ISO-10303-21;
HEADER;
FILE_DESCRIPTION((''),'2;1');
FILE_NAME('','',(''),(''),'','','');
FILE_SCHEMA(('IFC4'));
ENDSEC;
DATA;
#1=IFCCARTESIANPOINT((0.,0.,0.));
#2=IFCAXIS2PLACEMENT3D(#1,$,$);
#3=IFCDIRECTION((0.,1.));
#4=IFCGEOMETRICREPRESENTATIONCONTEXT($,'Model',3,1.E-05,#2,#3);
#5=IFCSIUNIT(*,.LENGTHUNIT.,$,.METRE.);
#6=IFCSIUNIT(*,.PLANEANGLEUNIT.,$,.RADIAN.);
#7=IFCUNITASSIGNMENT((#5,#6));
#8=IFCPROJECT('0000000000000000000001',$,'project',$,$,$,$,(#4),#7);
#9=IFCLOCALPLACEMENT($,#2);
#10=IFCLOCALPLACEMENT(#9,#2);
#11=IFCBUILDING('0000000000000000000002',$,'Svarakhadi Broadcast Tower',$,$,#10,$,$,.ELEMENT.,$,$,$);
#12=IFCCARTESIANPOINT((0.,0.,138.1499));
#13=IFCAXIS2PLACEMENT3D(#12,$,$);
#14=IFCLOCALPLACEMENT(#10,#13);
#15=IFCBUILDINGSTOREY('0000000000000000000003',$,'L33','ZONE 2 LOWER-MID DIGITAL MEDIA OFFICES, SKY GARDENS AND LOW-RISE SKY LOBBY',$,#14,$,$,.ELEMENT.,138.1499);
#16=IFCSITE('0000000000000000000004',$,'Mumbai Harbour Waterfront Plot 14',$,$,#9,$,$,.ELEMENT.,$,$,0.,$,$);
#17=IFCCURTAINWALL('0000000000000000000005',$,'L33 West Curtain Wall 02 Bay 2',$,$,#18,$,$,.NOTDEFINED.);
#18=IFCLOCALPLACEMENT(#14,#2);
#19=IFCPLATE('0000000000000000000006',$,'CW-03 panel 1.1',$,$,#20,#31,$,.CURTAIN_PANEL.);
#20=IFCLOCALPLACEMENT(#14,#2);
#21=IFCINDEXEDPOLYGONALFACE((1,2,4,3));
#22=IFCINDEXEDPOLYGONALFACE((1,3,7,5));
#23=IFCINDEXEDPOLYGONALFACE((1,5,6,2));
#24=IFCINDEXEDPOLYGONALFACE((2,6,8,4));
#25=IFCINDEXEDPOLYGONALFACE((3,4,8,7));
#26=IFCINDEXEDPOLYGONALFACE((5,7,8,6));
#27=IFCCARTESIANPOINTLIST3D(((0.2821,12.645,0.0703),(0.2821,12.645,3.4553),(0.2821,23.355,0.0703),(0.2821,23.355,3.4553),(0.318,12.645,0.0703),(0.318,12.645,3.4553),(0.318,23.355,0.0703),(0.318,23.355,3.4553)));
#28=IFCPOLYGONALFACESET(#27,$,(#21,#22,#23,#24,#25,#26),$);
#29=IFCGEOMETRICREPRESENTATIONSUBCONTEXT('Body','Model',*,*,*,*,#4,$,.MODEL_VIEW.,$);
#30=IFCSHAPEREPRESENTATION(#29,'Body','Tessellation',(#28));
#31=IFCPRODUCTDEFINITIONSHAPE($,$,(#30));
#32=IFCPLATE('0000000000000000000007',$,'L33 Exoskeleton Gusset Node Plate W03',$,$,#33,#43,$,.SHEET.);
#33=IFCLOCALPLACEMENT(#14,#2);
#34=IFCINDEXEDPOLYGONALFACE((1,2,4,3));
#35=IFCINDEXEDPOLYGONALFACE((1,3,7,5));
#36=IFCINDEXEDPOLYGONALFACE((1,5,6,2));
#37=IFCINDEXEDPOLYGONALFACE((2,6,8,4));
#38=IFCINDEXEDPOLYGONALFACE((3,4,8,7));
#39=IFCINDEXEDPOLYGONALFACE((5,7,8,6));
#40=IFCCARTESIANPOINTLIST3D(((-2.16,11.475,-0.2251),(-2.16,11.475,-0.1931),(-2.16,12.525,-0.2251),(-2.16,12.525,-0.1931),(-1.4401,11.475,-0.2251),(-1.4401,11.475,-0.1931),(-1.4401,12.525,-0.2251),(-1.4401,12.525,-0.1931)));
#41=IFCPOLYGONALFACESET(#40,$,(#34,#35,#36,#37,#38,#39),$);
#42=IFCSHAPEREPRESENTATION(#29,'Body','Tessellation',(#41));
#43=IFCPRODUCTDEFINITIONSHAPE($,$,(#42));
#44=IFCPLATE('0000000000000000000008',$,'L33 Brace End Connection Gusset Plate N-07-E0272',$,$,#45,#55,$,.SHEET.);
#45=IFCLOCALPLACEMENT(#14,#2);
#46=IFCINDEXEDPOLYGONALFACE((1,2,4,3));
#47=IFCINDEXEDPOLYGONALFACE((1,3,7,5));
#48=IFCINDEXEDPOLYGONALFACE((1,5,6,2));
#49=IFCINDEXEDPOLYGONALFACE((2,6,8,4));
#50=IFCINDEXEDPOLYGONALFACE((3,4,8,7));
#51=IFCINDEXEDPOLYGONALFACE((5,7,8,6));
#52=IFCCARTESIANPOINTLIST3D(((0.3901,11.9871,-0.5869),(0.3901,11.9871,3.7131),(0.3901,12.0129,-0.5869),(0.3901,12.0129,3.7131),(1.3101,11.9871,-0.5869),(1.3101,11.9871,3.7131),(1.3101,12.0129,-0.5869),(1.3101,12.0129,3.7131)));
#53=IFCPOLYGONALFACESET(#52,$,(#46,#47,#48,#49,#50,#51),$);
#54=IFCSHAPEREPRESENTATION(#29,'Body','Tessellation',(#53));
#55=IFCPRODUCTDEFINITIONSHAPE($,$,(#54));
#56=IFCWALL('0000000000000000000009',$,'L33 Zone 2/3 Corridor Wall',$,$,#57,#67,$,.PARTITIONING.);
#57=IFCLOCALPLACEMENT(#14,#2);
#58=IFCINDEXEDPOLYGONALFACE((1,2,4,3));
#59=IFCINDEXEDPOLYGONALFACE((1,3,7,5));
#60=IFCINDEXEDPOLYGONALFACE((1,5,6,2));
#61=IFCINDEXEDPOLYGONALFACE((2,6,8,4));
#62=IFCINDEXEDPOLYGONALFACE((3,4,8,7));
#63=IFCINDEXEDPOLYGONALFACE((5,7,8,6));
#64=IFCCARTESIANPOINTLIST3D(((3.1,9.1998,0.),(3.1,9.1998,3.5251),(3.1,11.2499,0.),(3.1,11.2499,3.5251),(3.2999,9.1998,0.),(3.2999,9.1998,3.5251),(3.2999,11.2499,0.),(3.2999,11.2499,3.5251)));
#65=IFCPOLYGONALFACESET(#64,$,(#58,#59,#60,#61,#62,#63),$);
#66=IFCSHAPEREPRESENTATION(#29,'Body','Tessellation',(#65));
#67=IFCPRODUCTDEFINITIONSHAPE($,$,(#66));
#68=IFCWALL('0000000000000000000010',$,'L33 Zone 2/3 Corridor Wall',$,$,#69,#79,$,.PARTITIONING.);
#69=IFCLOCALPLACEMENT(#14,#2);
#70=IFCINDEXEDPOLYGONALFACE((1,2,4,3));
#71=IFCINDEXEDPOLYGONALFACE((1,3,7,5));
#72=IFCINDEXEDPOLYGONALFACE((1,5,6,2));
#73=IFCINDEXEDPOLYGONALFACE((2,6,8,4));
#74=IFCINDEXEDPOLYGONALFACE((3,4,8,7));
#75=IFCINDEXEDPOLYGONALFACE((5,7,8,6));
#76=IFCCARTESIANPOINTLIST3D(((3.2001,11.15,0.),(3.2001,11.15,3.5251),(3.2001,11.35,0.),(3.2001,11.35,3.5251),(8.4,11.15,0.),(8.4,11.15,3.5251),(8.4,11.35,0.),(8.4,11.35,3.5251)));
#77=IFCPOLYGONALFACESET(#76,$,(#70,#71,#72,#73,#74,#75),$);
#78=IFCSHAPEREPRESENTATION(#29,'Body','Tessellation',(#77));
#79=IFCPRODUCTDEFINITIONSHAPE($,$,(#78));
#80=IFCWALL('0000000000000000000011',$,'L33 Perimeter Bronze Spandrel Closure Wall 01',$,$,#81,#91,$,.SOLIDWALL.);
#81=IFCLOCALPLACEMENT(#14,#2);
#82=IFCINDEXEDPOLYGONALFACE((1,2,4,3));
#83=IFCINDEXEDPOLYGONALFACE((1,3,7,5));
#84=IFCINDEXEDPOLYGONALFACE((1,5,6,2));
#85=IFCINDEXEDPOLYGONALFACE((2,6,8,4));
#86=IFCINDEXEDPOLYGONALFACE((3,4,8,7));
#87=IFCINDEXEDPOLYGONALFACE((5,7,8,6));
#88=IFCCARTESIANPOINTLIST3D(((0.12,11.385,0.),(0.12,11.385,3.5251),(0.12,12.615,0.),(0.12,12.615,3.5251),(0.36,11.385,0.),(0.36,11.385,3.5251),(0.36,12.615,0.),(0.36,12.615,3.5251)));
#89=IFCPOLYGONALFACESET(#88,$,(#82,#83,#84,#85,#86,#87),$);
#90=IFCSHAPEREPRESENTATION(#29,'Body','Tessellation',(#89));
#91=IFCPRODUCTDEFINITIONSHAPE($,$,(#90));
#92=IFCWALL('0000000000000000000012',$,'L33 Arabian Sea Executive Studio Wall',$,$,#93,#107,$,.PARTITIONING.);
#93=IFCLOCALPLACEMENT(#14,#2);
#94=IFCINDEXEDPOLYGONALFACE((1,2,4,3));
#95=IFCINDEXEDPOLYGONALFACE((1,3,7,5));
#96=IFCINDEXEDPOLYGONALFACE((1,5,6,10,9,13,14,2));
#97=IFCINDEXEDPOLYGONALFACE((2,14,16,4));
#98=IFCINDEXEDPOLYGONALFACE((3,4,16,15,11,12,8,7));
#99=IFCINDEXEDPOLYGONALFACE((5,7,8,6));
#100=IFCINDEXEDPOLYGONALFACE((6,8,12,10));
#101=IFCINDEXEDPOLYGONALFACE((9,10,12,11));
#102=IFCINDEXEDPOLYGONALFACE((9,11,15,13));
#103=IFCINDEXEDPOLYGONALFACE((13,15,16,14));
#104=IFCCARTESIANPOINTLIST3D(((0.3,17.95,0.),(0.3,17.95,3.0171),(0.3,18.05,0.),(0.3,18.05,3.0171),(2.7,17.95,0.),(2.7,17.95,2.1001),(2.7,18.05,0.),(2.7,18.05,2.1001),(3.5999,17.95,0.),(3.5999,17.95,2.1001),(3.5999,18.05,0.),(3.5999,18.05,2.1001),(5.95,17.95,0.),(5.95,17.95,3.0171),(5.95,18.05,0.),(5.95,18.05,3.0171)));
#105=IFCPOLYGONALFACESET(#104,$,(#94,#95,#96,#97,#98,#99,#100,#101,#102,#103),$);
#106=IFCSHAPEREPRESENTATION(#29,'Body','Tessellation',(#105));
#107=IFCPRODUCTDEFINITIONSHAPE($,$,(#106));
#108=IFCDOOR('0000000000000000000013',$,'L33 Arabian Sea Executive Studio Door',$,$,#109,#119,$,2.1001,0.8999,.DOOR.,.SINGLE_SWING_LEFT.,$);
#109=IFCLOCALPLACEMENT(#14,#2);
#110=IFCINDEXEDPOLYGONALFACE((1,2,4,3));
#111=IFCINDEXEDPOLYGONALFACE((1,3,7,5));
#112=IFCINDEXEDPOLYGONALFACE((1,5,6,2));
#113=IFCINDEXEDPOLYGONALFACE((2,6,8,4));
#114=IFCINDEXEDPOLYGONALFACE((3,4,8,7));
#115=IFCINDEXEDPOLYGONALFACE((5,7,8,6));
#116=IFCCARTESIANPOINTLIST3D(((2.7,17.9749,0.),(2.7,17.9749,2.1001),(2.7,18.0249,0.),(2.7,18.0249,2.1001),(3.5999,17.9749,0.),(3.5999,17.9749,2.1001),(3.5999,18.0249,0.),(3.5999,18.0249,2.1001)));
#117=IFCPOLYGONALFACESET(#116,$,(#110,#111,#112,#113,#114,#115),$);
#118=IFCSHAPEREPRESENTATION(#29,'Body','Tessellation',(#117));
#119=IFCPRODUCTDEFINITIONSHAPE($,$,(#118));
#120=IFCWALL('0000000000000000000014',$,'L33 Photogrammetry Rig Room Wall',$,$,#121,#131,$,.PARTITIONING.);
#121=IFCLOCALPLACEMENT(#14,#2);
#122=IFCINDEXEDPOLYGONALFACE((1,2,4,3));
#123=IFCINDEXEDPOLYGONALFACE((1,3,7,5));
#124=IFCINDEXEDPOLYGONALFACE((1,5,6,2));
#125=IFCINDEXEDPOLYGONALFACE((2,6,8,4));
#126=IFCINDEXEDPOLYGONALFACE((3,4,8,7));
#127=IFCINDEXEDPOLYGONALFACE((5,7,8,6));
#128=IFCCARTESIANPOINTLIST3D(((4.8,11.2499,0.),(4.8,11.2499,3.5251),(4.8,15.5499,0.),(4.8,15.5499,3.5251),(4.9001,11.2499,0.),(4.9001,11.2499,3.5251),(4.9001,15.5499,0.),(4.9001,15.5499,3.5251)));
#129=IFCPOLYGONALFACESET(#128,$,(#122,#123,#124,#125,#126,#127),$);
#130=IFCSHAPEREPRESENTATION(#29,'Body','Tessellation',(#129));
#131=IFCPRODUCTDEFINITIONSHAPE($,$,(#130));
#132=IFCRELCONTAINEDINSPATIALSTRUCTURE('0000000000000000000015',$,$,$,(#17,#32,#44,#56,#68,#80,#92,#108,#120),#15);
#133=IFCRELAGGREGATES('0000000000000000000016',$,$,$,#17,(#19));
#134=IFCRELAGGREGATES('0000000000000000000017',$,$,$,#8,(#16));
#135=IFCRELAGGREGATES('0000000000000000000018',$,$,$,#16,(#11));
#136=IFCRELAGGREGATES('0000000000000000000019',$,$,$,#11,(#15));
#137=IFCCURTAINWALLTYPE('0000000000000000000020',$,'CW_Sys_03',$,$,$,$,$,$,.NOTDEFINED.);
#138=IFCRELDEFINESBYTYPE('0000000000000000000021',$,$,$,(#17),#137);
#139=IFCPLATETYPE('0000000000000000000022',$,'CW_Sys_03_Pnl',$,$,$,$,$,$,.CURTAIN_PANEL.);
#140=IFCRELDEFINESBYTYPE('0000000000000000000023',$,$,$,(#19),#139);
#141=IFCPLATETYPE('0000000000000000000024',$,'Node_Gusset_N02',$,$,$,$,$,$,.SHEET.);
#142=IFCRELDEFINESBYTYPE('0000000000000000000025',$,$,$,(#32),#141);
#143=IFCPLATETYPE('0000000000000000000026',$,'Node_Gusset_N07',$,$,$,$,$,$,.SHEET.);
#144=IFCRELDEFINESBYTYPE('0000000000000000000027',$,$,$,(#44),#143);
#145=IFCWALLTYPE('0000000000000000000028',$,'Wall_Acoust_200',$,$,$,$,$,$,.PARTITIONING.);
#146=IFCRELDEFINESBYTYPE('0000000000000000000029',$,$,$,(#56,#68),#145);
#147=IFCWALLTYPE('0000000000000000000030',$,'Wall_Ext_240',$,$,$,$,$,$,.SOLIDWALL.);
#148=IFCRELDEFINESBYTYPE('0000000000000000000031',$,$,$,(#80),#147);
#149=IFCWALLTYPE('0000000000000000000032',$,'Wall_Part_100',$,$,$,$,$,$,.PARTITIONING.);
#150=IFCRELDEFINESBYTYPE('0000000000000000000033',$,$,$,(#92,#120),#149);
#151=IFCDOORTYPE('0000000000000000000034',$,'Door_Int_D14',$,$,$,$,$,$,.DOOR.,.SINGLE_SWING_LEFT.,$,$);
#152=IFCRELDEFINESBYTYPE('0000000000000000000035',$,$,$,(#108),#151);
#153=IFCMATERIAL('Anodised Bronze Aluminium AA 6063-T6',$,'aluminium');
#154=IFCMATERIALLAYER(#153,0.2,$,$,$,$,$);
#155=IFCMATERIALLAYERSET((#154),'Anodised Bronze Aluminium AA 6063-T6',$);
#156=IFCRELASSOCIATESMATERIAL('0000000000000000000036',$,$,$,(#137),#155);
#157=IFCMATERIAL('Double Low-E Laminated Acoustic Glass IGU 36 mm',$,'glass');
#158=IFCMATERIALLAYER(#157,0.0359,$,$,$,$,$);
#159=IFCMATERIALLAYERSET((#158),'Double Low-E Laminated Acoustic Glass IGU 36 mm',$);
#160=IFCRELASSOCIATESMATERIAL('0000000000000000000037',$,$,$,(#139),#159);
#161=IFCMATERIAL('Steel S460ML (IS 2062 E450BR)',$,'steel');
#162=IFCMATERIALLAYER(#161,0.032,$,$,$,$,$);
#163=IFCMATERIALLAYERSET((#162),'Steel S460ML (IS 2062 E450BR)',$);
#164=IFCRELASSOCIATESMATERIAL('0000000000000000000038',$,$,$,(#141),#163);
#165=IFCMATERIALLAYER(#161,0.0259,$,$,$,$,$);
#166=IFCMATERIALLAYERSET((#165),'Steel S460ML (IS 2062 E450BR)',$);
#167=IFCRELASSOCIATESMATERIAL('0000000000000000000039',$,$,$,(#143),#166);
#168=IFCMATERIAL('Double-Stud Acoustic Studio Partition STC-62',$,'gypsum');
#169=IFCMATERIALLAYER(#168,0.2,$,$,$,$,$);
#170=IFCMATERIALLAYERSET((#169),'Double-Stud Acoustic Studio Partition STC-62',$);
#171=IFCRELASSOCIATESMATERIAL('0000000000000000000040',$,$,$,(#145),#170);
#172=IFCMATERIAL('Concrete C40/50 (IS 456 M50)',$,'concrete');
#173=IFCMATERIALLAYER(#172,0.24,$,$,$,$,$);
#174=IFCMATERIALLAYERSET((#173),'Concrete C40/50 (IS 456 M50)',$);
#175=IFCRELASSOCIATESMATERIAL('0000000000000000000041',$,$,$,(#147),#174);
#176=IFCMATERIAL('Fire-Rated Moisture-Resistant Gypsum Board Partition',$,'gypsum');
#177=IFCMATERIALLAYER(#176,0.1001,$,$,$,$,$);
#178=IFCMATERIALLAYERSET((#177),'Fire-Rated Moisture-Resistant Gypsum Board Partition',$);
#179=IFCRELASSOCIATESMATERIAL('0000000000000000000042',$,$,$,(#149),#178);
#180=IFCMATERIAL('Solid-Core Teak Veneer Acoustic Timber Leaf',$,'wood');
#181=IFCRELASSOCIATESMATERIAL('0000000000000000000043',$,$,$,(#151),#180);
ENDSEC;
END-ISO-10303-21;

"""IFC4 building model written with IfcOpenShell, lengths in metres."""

from ifc_helpers import new_model, si_unit, direction, frame, frame_2d, origin, origin_2d, place, context, subcontext, project, spatial, rectangle, extrude, material, layer, layer_set, type_object, element, fill, aggregate, save


model = new_model("IFC4")

# Units and contexts
model_context = context("Model", 3, precision=1e-05, world=origin(), true_north=direction((0.0, 1.0)))
body_context = subcontext(model_context, "Body", "Model", "MODEL_VIEW")
ifc_project = project(units=[si_unit("LENGTHUNIT", "METRE"), si_unit("PLANEANGLEUNIT", "RADIAN")], contexts=[model_context])

# Site, building, storey
site_placement = place(None, origin())
site = spatial("IfcSite", under=ifc_project, at=site_placement, Name="Mumbai Harbour Waterfront Plot 14", CompositionType="ELEMENT", RefElevation=0.0)
building_placement = place(site_placement, origin())
building = spatial("IfcBuilding", under=site, at=building_placement, Name="Svarakhadi Broadcast Tower", CompositionType="ELEMENT")
storey_placement = place(building_placement, frame((0.0, 0.0, 138.1499)))
storey = spatial("IfcBuildingStorey", under=building, at=storey_placement, Name="L33", Description="ZONE 2 LOWER-MID DIGITAL MEDIA OFFICES, SKY GARDENS AND LOW-RISE SKY LOBBY", CompositionType="ELEMENT", Elevation=138.1499)

# Shared definitions
ifc_material_1 = material(Name="Steel S460ML (IS 2062 E450BR)", Category="steel")

# Shared definitions
ifc_material_2 = material(Name="Anodised Bronze Aluminium AA 6063-T6", Category="aluminium")
ifc_layer_1 = layer(ifc_material_2, 0.2)
ifc_layer_set_1 = layer_set([ifc_layer_1], Name="Anodised Bronze Aluminium AA 6063-T6")
curtain_wall_type = type_object("IfcCurtainWallType", Name="CW_Sys_03", PredefinedType="NOTDEFINED", material=ifc_layer_set_1)

# Curtain wall
curtain_wall_1_placement = place(storey_placement, origin())
curtain_wall_1 = element("IfcCurtainWall", 1, at=curtain_wall_1_placement, inside=storey, type_object=curtain_wall_type, Name="L33 West Curtain Wall 02 Bay 2", PredefinedType="NOTDEFINED")

# Plate
ifc_material_3 = material(Name="Double Low-E Laminated Acoustic Glass IGU 36 mm", Category="glass")
ifc_layer_2 = layer(ifc_material_3, 0.0359)
ifc_layer_set_2 = layer_set([ifc_layer_2], Name="Double Low-E Laminated Acoustic Glass IGU 36 mm")
plate_type_1 = type_object("IfcPlateType", Name="CW_Sys_03_Pnl", PredefinedType="CURTAIN_PANEL", material=ifc_layer_set_2)
plate_1_placement = place(storey_placement, frame((0.3, 18.0, 0.0703), z_axis=(0.0, 0.0, 1.0), x_axis=(0.0, 1.0, 0.0)))
plate_1 = element("IfcPlate", 2, at=plate_1_placement, type_object=plate_type_1, Name="CW-03 panel 1.1", PredefinedType="CURTAIN_PANEL", context=body_context, shape_type="SweptSolid", body=[
    extrude(rectangle(XDim=10.71, YDim=0.0359, at=origin_2d()), origin(), (0.0, 0.0, 1.0), 3.385),
])
aggregate(curtain_wall_1, [plate_1])

# Plates
ifc_layer_3 = layer(ifc_material_1, 0.032)
ifc_layer_set_3 = layer_set([ifc_layer_3], Name="Steel S460ML (IS 2062 E450BR)")
plate_type_2 = type_object("IfcPlateType", Name="Node_Gusset_N02", PredefinedType="SHEET", material=ifc_layer_set_3)
plate_2_placement = place(storey_placement, frame((-1.8, 12.0, -0.2251), z_axis=(0.0, 0.0, 1.0), x_axis=(0.0, 1.0, 0.0)))
element("IfcPlate", 3, at=plate_2_placement, inside=storey, type_object=plate_type_2, Name="L33 Exoskeleton Gusset Node Plate W03", PredefinedType="SHEET", context=body_context, shape_type="SweptSolid", body=[
    extrude(rectangle(XDim=1.05, YDim=0.72, at=origin_2d()), origin(), (0.0, 0.0, 1.0), 0.032),
])
ifc_layer_4 = layer(ifc_material_1, 0.0259)
ifc_layer_set_4 = layer_set([ifc_layer_4], Name="Steel S460ML (IS 2062 E450BR)")
plate_type_3 = type_object("IfcPlateType", Name="Node_Gusset_N07", PredefinedType="SHEET", material=ifc_layer_set_4)
plate_3_placement = place(storey_placement, frame((0.8501, 12.0, -0.5869), z_axis=(0.0, 0.0, 1.0), x_axis=(1.0, 0.0, 0.0)))
element("IfcPlate", 4, at=plate_3_placement, inside=storey, type_object=plate_type_3, Name="L33 Brace End Connection Gusset Plate N-07-E0272", PredefinedType="SHEET", context=body_context, shape_type="SweptSolid", body=[
    extrude(rectangle(XDim=0.9199, YDim=0.0259, at=origin_2d()), origin(), (0.0, 0.0, 1.0), 4.3),
])

# Walls
ifc_material_4 = material(Name="Double-Stud Acoustic Studio Partition STC-62", Category="gypsum")
ifc_layer_5 = layer(ifc_material_4, 0.2)
ifc_layer_set_5 = layer_set([ifc_layer_5], Name="Double-Stud Acoustic Studio Partition STC-62")
wall_type_1 = type_object("IfcWallType", Name="Wall_Acoust_200", PredefinedType="PARTITIONING", material=ifc_layer_set_5)
wall_1_placement = place(storey_placement, frame((3.2, 9.2, 0.0), z_axis=(0.0, 0.0, 1.0), x_axis=(0.0, 1.0, 0.0)))
element("IfcWall", 5, at=wall_1_placement, inside=storey, type_object=wall_type_1, Name="L33 Zone 2/3 Corridor Wall", PredefinedType="PARTITIONING", context=body_context, shape_type="SweptSolid", body=[
    extrude(rectangle(XDim=2.05, YDim=0.2, at=frame_2d((1.0249, 0.0))), origin(), (0.0, 0.0, 1.0), 3.5251),
])
wall_2_placement = place(storey_placement, frame((3.2, 11.25, 0.0), z_axis=(0.0, 0.0, 1.0), x_axis=(1.0, 0.0, 0.0)))
element("IfcWall", 6, at=wall_2_placement, inside=storey, type_object=wall_type_1, Name="L33 Zone 2/3 Corridor Wall", PredefinedType="PARTITIONING", context=body_context, shape_type="SweptSolid", body=[
    extrude(rectangle(XDim=5.2, YDim=0.2, at=frame_2d((2.6001, 0.0))), origin(), (0.0, 0.0, 1.0), 3.5251),
])
ifc_material_5 = material(Name="Concrete C40/50 (IS 456 M50)", Category="concrete")
ifc_layer_6 = layer(ifc_material_5, 0.24)
ifc_layer_set_6 = layer_set([ifc_layer_6], Name="Concrete C40/50 (IS 456 M50)")
wall_type_2 = type_object("IfcWallType", Name="Wall_Ext_240", PredefinedType="SOLIDWALL", material=ifc_layer_set_6)
wall_3_placement = place(storey_placement, frame((0.24, 11.385, 0.0), z_axis=(0.0, 0.0, 1.0), x_axis=(0.0, 1.0, 0.0)))
element("IfcWall", 7, at=wall_3_placement, inside=storey, type_object=wall_type_2, Name="L33 Perimeter Bronze Spandrel Closure Wall 01", PredefinedType="SOLIDWALL", context=body_context, shape_type="SweptSolid", body=[
    extrude(rectangle(XDim=1.23, YDim=0.24, at=frame_2d((0.615, 0.0))), origin(), (0.0, 0.0, 1.0), 3.5251),
])

# Wall, opening, door
ifc_material_6 = material(Name="Fire-Rated Moisture-Resistant Gypsum Board Partition", Category="gypsum")
ifc_layer_7 = layer(ifc_material_6, 0.1001)
ifc_layer_set_7 = layer_set([ifc_layer_7], Name="Fire-Rated Moisture-Resistant Gypsum Board Partition")
wall_type_3 = type_object("IfcWallType", Name="Wall_Part_100", PredefinedType="PARTITIONING", material=ifc_layer_set_7)
wall_4_placement = place(storey_placement, frame((0.3, 18.0, 0.0), z_axis=(0.0, 0.0, 1.0), x_axis=(1.0, 0.0, 0.0)))
wall_4 = element("IfcWall", 8, at=wall_4_placement, inside=storey, type_object=wall_type_3, Name="L33 Arabian Sea Executive Studio Wall", PredefinedType="PARTITIONING", context=body_context, shape_type="SweptSolid", body=[
    extrude(rectangle(XDim=5.6499, YDim=0.1001, at=frame_2d((2.825, 0.0))), origin(), (0.0, 0.0, 1.0), 3.0171),
])
opening_placement = place(wall_4_placement, frame((2.3999, 0.0, 0.0)))
opening = element("IfcOpeningElement", 9, at=opening_placement, cuts=wall_4, PredefinedType="OPENING", context=body_context, shape_type="SweptSolid", body=[
    extrude(rectangle(XDim=0.8999, YDim=2.1001, at=frame_2d((0.45, 1.05))), frame((0.0, 0.0601, 0.0), z_axis=(0.0, -1.0, 0.0), x_axis=(1.0, 0.0, 0.0)), (0.0, 0.0, 1.0), 0.1201),
])
ifc_material_7 = material(Name="Solid-Core Teak Veneer Acoustic Timber Leaf", Category="wood")
door_type = type_object("IfcDoorType", Name="Door_Int_D14", OperationType="SINGLE_SWING_LEFT", PredefinedType="DOOR", material=ifc_material_7)
door_placement = place(opening_placement, origin())
door = element("IfcDoor", 10, at=door_placement, inside=storey, type_object=door_type, Name="L33 Arabian Sea Executive Studio Door", OperationType="SINGLE_SWING_LEFT", OverallHeight=2.1001, OverallWidth=0.8999, PredefinedType="DOOR", context=body_context, shape_type="SweptSolid", body=[
    extrude(rectangle(XDim=0.8999, YDim=2.1001, at=frame_2d((0.45, 1.05))), frame((0.0, 0.0249, 0.0), z_axis=(0.0, -1.0, 0.0), x_axis=(1.0, 0.0, 0.0)), (0.0, 0.0, 1.0), 0.05),
])
fill(opening, door)

# Wall
wall_5_placement = place(storey_placement, frame((4.8501, 11.25, 0.0), z_axis=(0.0, 0.0, 1.0), x_axis=(0.0, 1.0, 0.0)))
element("IfcWall", 11, at=wall_5_placement, inside=storey, type_object=wall_type_3, Name="L33 Photogrammetry Rig Room Wall", PredefinedType="PARTITIONING", context=body_context, shape_type="SweptSolid", body=[
    extrude(rectangle(XDim=4.3, YDim=0.1001, at=frame_2d((2.1499, 0.0))), origin(), (0.0, 0.0, 1.0), 3.5251),
])

save(model, "model.ifc")
